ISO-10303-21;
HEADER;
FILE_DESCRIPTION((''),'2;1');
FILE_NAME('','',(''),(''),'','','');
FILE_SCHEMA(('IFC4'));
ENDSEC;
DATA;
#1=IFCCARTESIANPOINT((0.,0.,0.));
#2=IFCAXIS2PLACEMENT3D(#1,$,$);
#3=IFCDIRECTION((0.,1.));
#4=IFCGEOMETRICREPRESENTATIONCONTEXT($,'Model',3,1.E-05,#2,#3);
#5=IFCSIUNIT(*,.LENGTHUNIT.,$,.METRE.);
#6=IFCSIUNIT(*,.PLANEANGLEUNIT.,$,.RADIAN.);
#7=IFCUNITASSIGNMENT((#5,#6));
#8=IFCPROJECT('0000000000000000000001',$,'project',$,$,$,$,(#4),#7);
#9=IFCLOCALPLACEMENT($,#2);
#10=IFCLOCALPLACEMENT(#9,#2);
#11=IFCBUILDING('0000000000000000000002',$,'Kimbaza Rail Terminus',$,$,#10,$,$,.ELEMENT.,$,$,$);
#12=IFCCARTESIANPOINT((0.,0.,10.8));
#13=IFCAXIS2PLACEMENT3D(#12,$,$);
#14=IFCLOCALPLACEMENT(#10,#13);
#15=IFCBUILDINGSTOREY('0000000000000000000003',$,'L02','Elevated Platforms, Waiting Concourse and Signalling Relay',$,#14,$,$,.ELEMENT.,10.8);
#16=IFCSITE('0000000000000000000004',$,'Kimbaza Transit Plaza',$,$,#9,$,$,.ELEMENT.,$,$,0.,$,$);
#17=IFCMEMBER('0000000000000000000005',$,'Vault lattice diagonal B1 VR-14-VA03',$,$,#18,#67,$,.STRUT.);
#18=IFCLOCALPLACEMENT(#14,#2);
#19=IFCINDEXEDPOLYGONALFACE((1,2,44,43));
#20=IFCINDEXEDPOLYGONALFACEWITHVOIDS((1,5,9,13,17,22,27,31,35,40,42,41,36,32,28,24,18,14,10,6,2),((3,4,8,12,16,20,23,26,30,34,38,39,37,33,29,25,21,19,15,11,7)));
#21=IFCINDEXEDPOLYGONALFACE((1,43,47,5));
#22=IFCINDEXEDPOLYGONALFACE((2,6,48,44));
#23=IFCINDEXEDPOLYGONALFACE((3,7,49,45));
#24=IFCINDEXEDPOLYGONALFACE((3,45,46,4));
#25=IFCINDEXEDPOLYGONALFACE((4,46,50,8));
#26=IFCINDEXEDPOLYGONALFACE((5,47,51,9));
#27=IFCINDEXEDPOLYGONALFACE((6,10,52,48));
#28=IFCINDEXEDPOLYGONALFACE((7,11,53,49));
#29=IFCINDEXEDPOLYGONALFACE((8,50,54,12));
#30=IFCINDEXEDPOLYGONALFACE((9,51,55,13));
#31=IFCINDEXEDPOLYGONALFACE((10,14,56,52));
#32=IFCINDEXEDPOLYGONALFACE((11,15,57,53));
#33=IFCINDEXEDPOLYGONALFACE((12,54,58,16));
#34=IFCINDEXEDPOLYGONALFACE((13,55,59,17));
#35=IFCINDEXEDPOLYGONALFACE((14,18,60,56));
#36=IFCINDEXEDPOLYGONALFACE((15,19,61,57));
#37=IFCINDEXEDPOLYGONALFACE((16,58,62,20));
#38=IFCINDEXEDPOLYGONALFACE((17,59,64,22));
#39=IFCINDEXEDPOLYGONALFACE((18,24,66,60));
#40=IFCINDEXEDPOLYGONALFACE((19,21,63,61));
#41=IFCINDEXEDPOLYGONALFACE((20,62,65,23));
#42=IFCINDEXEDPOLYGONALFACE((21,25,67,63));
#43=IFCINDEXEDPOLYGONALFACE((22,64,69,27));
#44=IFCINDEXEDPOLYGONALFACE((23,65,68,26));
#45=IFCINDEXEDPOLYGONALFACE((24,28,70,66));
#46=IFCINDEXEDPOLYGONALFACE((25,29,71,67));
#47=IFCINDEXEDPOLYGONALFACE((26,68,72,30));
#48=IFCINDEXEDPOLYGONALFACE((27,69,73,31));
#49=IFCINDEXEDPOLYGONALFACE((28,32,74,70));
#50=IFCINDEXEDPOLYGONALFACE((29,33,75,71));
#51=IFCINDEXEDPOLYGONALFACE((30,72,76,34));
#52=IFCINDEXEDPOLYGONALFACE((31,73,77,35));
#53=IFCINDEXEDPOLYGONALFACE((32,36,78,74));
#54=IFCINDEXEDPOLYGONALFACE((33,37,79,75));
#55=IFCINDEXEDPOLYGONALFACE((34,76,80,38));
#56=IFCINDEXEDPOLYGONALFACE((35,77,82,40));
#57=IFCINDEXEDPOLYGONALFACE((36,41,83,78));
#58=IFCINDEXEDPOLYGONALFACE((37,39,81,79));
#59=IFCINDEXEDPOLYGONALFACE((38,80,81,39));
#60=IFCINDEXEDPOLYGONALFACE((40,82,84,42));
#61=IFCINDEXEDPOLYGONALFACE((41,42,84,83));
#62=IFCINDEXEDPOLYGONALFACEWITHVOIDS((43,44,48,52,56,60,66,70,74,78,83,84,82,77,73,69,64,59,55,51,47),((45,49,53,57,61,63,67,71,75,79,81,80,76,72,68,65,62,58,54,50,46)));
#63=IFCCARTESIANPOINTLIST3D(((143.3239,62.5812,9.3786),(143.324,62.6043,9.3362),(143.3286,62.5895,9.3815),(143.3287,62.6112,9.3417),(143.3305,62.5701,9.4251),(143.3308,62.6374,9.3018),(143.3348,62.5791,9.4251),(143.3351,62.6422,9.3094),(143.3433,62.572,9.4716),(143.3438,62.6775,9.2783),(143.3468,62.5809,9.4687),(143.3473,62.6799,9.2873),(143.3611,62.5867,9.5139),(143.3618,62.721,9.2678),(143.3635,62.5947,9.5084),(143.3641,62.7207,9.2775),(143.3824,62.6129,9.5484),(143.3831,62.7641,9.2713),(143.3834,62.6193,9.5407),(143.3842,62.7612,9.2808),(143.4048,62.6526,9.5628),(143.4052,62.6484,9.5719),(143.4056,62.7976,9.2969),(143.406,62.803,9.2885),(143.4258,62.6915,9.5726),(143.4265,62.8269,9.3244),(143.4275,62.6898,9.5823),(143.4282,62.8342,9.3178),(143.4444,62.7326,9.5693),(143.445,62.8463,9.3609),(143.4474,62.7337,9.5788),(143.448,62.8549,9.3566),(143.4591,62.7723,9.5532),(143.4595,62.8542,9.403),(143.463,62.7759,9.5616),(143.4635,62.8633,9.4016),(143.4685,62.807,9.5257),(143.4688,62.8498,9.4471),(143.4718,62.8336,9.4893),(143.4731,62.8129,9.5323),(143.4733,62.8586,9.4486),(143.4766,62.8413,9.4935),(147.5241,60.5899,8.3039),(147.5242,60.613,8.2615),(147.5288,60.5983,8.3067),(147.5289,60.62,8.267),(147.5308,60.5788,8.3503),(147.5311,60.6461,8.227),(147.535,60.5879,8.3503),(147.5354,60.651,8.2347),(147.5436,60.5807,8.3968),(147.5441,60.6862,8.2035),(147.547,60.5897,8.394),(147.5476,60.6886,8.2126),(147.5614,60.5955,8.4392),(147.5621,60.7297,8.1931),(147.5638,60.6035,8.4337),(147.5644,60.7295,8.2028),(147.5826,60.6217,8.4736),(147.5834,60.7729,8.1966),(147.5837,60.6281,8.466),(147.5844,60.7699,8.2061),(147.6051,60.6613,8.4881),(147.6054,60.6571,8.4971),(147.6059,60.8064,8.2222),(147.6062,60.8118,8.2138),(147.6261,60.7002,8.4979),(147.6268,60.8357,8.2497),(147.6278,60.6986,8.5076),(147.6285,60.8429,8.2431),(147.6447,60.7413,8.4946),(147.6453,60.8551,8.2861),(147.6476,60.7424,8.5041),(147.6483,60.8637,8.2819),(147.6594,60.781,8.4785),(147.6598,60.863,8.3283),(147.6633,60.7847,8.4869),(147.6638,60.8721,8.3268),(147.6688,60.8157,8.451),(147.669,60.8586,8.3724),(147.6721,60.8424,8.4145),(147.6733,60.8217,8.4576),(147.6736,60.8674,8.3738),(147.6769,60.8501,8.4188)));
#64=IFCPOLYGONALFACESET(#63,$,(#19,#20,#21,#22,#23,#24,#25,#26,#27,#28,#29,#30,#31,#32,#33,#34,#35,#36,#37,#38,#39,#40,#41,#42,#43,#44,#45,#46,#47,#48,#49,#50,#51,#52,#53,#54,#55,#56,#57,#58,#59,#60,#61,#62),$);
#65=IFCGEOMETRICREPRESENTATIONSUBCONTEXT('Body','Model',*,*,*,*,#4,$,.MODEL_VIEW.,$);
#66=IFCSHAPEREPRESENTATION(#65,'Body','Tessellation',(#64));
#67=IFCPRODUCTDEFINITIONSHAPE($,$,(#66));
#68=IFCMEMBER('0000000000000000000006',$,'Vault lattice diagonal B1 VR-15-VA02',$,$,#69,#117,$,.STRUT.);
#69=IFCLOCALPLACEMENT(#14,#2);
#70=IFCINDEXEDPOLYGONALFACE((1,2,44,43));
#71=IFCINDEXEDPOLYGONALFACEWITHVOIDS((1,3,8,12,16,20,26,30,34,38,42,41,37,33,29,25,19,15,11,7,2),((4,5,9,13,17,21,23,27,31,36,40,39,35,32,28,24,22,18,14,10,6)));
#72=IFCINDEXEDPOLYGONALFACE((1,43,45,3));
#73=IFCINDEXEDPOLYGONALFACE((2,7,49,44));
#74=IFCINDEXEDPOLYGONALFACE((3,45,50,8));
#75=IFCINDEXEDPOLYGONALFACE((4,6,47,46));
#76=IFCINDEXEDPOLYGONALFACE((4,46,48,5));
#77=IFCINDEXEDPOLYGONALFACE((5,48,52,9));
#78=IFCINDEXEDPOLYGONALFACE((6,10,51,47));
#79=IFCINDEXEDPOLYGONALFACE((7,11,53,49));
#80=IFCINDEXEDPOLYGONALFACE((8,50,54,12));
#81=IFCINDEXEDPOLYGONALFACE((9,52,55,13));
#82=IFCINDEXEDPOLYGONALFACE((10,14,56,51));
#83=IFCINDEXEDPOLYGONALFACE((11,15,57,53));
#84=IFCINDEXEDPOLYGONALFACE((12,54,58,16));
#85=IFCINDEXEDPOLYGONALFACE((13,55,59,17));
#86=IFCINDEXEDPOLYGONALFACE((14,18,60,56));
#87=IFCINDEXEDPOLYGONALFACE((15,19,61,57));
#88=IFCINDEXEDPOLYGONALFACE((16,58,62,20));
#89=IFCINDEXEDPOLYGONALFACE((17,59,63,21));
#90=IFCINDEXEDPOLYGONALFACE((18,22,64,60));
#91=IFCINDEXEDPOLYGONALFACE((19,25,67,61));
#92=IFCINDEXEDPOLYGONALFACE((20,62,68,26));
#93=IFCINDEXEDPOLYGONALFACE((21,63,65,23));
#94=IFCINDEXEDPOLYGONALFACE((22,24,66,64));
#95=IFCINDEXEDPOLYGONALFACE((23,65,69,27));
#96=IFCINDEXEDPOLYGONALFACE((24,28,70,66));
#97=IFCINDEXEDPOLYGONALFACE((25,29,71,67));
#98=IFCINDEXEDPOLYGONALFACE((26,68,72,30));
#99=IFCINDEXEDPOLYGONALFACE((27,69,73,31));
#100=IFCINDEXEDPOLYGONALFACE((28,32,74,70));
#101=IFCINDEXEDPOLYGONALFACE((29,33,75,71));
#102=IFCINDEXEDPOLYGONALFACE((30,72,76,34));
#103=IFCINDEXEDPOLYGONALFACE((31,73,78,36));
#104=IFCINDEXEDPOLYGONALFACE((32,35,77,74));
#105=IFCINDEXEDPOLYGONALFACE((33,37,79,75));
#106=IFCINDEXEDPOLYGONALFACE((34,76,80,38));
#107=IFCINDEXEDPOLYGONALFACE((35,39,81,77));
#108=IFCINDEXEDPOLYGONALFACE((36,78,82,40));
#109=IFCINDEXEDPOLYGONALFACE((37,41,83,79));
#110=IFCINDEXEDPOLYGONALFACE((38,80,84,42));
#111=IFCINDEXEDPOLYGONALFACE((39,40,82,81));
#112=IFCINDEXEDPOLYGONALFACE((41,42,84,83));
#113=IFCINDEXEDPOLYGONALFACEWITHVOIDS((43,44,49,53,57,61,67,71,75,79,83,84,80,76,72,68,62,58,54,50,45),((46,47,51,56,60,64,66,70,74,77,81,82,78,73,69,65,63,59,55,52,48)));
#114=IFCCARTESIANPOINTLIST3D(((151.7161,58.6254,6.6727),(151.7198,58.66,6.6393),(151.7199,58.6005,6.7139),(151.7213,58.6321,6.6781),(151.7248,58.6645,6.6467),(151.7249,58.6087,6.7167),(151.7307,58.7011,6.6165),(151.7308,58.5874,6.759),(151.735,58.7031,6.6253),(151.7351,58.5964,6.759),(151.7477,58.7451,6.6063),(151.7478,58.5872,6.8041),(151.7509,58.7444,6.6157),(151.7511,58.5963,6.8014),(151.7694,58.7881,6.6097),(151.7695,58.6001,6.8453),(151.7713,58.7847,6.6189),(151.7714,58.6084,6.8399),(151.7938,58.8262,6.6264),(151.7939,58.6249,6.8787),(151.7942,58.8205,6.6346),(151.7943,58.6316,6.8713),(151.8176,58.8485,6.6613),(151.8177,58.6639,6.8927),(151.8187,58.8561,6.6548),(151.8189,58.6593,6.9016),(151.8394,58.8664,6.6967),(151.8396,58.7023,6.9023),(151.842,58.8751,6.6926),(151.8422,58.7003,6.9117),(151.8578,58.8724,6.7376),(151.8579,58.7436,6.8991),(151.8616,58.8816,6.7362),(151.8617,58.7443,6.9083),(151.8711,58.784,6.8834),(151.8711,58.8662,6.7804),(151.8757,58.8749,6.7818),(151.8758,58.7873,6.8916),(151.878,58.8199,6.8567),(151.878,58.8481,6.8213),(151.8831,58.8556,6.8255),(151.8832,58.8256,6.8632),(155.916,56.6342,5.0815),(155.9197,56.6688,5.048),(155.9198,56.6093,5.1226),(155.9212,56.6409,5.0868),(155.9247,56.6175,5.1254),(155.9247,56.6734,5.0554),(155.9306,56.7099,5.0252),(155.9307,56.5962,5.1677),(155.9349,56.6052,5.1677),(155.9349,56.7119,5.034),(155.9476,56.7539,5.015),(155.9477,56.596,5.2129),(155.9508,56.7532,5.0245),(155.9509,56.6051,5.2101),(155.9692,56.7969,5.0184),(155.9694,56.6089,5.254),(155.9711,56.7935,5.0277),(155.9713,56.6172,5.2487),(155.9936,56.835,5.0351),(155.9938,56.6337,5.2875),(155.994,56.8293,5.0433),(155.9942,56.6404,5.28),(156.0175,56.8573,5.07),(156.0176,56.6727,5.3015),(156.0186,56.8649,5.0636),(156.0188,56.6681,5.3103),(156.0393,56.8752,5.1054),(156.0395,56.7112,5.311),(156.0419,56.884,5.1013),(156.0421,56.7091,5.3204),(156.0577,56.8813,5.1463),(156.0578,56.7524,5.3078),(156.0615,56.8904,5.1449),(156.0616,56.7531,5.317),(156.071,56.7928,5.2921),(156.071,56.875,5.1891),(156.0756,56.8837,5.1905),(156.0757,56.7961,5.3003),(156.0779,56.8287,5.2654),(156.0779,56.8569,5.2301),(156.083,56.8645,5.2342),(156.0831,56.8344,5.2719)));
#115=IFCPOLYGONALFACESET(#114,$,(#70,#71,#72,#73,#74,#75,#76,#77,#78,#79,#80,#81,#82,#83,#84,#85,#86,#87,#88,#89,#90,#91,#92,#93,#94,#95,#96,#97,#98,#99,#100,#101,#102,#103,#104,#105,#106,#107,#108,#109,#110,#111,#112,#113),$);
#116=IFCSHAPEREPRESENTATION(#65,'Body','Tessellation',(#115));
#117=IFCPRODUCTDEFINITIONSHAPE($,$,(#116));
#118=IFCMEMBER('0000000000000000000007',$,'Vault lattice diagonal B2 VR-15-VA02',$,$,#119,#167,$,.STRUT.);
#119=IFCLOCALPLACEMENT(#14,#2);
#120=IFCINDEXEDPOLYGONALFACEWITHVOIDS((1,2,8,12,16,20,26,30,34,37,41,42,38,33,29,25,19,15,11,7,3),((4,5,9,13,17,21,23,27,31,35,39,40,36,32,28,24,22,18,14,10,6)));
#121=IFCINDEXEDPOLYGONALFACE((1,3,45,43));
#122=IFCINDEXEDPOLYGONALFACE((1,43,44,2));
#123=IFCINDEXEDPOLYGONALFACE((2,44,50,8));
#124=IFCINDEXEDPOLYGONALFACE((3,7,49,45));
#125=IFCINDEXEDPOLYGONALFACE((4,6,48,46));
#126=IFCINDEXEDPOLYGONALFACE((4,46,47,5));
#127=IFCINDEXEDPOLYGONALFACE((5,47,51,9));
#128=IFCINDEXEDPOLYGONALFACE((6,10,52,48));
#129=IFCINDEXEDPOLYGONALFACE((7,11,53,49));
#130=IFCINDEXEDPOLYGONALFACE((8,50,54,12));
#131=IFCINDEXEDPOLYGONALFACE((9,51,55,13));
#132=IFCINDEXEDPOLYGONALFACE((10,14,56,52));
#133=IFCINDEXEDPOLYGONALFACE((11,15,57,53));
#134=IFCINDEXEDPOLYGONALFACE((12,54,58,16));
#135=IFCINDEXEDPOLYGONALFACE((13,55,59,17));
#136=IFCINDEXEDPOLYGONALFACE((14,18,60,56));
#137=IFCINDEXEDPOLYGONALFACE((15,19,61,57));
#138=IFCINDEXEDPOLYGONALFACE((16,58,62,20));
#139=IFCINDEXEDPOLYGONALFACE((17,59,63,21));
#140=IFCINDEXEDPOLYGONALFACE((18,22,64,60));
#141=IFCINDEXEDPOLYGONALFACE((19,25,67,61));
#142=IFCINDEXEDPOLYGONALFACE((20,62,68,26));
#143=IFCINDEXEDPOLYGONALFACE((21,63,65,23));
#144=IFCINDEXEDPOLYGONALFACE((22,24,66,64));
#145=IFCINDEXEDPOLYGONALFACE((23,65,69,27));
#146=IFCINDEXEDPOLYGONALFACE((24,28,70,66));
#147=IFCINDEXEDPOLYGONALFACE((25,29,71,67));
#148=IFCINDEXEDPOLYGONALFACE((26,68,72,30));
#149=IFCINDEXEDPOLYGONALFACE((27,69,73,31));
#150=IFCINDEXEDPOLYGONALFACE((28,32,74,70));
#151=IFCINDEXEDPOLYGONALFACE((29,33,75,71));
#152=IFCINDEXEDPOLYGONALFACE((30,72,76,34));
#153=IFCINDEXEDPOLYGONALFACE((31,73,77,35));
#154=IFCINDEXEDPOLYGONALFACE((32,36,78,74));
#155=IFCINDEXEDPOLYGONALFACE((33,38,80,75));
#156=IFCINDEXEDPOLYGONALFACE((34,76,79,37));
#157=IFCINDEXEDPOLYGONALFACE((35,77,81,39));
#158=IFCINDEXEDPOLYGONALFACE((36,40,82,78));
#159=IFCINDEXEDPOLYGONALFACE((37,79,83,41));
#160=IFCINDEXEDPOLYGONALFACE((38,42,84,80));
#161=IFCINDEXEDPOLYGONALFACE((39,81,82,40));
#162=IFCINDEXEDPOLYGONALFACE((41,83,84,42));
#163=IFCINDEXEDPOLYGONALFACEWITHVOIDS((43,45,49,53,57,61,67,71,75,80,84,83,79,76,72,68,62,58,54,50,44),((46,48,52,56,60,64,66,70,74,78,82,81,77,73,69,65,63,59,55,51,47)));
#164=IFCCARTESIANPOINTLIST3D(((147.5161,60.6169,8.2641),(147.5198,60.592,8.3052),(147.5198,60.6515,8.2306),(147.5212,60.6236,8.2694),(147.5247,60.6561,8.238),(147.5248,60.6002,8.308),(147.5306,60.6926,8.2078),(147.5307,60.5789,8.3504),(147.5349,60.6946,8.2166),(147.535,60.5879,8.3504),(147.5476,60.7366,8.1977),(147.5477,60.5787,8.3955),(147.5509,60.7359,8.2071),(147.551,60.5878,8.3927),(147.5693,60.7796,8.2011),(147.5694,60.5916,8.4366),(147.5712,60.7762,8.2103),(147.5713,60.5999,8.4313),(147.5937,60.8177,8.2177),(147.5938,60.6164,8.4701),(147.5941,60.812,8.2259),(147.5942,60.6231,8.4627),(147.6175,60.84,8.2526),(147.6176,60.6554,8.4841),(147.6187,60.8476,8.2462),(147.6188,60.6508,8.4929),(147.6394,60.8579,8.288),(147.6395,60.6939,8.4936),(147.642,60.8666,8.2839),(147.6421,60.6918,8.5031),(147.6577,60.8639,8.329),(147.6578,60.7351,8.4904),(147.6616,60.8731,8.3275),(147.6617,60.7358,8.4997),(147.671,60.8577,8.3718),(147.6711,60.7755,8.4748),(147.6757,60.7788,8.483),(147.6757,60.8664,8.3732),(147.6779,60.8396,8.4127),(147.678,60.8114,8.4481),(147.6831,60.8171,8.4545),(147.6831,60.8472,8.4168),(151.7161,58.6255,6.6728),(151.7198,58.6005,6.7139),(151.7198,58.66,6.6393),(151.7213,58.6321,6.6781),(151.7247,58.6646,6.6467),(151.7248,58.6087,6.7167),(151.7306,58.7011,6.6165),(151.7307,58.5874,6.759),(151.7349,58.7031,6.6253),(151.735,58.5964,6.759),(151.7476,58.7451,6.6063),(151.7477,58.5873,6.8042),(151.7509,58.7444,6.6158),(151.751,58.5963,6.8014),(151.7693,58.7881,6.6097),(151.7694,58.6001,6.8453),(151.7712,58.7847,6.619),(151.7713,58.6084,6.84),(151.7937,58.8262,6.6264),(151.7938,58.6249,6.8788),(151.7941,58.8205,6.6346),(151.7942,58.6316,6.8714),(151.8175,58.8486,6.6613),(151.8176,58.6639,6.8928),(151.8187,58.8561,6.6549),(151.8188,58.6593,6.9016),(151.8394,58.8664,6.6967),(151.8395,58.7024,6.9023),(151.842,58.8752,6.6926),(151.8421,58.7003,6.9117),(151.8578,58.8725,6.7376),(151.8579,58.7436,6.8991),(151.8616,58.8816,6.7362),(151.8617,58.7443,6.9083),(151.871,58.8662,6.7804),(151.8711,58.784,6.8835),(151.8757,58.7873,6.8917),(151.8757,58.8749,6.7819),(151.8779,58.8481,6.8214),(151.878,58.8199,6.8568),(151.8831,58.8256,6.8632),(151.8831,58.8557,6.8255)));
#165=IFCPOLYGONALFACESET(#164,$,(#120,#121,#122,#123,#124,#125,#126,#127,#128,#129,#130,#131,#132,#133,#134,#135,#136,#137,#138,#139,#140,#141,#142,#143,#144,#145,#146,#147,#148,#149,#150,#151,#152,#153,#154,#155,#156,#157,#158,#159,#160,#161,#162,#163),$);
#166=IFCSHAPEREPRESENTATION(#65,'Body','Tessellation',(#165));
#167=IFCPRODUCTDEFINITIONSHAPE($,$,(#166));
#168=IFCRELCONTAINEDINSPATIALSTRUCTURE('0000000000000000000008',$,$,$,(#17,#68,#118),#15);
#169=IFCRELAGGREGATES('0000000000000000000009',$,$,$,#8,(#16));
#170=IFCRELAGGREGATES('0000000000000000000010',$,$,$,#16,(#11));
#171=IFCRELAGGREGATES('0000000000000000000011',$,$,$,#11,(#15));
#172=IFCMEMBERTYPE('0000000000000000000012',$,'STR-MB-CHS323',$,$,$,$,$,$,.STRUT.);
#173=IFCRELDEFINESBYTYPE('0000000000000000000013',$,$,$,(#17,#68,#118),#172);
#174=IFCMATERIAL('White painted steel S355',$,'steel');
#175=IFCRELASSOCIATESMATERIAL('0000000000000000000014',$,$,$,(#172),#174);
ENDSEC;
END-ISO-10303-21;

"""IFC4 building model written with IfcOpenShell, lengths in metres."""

from ifc_helpers import new_model, si_unit, direction, frame, origin, origin_2d, place, context, subcontext, project, spatial, hollow_circle, extrude, material, material_profile, profile_set, type_object, element, save


model = new_model("IFC4")

# Units and contexts
model_context = context("Model", 3, precision=1e-05, world=origin(), true_north=direction((0.0, 1.0)))
body_context = subcontext(model_context, "Body", "Model", "MODEL_VIEW")
ifc_project = project(units=[si_unit("LENGTHUNIT", "METRE"), si_unit("PLANEANGLEUNIT", "RADIAN")], contexts=[model_context])

# Site, building, storey
site_placement = place(None, origin())
site = spatial("IfcSite", under=ifc_project, at=site_placement, Name="Kimbaza Transit Plaza", CompositionType="ELEMENT", RefElevation=0.0)
building_placement = place(site_placement, origin())
building = spatial("IfcBuilding", under=site, at=building_placement, Name="Kimbaza Rail Terminus", CompositionType="ELEMENT")
storey_placement = place(building_placement, frame((0.0, 0.0, 10.8)))
storey = spatial("IfcBuildingStorey", under=building, at=storey_placement, Name="L02", Description="Elevated Platforms, Waiting Concourse and Signalling Relay", CompositionType="ELEMENT", Elevation=10.8)

# Members
ifc_material_1 = material(Name="White painted steel S355", Category="steel")
ifc_material_profile_1 = material_profile(ifc_material_1, hollow_circle(Radius=0.1619, WallThickness=0.01, at=origin_2d()), Name="CHS 323.9x10")
ifc_profile_set_1 = profile_set([ifc_material_profile_1], Name="White painted steel S355")
member_type_1 = type_object("IfcMemberType", Name="STR-MB-CHS323", PredefinedType="STRUT", material=ifc_profile_set_1)
member_1_placement = place(storey_placement, frame((147.6001, 60.7251, 8.3503), z_axis=(-0.880377, 0.417365, 0.225263), x_axis=(-0.428375, -0.903601, 0.0)))
element("IfcMember", 1, at=member_1_placement, inside=storey, type_object=member_type_1, Name="Vault lattice diagonal B1 VR-14-VA03", PredefinedType="STRUT", context=body_context, shape_type="SweptSolid", body=[
    extrude(hollow_circle(Radius=0.1619, WallThickness=0.01, at=origin_2d()), origin(), (0.0, 0.0, 1.0), 4.771),
])
member_2_placement = place(storey_placement, frame((156.0, 56.7424, 5.1677), z_axis=(-0.854879, 0.405301, 0.323903), x_axis=(-0.428396, -0.903591, 0.0)))
element("IfcMember", 2, at=member_2_placement, inside=storey, type_object=member_type_1, Name="Vault lattice diagonal B1 VR-15-VA02", PredefinedType="STRUT", context=body_context, shape_type="SweptSolid", body=[
    extrude(hollow_circle(Radius=0.1619, WallThickness=0.01, at=origin_2d()), origin(), (0.0, 0.0, 1.0), 4.9128),
])
member_3_placement = place(storey_placement, frame((151.8, 58.7336, 6.759), z_axis=(-0.854862, 0.405343, 0.323896), x_axis=(-0.428439, -0.903571, 0.0)))
element("IfcMember", 3, at=member_3_placement, inside=storey, type_object=member_type_1, Name="Vault lattice diagonal B2 VR-15-VA02", PredefinedType="STRUT", context=body_context, shape_type="SweptSolid", body=[
    extrude(hollow_circle(Radius=0.1619, WallThickness=0.01, at=origin_2d()), origin(), (0.0, 0.0, 1.0), 4.9131),
])

save(model, "model.ifc")
